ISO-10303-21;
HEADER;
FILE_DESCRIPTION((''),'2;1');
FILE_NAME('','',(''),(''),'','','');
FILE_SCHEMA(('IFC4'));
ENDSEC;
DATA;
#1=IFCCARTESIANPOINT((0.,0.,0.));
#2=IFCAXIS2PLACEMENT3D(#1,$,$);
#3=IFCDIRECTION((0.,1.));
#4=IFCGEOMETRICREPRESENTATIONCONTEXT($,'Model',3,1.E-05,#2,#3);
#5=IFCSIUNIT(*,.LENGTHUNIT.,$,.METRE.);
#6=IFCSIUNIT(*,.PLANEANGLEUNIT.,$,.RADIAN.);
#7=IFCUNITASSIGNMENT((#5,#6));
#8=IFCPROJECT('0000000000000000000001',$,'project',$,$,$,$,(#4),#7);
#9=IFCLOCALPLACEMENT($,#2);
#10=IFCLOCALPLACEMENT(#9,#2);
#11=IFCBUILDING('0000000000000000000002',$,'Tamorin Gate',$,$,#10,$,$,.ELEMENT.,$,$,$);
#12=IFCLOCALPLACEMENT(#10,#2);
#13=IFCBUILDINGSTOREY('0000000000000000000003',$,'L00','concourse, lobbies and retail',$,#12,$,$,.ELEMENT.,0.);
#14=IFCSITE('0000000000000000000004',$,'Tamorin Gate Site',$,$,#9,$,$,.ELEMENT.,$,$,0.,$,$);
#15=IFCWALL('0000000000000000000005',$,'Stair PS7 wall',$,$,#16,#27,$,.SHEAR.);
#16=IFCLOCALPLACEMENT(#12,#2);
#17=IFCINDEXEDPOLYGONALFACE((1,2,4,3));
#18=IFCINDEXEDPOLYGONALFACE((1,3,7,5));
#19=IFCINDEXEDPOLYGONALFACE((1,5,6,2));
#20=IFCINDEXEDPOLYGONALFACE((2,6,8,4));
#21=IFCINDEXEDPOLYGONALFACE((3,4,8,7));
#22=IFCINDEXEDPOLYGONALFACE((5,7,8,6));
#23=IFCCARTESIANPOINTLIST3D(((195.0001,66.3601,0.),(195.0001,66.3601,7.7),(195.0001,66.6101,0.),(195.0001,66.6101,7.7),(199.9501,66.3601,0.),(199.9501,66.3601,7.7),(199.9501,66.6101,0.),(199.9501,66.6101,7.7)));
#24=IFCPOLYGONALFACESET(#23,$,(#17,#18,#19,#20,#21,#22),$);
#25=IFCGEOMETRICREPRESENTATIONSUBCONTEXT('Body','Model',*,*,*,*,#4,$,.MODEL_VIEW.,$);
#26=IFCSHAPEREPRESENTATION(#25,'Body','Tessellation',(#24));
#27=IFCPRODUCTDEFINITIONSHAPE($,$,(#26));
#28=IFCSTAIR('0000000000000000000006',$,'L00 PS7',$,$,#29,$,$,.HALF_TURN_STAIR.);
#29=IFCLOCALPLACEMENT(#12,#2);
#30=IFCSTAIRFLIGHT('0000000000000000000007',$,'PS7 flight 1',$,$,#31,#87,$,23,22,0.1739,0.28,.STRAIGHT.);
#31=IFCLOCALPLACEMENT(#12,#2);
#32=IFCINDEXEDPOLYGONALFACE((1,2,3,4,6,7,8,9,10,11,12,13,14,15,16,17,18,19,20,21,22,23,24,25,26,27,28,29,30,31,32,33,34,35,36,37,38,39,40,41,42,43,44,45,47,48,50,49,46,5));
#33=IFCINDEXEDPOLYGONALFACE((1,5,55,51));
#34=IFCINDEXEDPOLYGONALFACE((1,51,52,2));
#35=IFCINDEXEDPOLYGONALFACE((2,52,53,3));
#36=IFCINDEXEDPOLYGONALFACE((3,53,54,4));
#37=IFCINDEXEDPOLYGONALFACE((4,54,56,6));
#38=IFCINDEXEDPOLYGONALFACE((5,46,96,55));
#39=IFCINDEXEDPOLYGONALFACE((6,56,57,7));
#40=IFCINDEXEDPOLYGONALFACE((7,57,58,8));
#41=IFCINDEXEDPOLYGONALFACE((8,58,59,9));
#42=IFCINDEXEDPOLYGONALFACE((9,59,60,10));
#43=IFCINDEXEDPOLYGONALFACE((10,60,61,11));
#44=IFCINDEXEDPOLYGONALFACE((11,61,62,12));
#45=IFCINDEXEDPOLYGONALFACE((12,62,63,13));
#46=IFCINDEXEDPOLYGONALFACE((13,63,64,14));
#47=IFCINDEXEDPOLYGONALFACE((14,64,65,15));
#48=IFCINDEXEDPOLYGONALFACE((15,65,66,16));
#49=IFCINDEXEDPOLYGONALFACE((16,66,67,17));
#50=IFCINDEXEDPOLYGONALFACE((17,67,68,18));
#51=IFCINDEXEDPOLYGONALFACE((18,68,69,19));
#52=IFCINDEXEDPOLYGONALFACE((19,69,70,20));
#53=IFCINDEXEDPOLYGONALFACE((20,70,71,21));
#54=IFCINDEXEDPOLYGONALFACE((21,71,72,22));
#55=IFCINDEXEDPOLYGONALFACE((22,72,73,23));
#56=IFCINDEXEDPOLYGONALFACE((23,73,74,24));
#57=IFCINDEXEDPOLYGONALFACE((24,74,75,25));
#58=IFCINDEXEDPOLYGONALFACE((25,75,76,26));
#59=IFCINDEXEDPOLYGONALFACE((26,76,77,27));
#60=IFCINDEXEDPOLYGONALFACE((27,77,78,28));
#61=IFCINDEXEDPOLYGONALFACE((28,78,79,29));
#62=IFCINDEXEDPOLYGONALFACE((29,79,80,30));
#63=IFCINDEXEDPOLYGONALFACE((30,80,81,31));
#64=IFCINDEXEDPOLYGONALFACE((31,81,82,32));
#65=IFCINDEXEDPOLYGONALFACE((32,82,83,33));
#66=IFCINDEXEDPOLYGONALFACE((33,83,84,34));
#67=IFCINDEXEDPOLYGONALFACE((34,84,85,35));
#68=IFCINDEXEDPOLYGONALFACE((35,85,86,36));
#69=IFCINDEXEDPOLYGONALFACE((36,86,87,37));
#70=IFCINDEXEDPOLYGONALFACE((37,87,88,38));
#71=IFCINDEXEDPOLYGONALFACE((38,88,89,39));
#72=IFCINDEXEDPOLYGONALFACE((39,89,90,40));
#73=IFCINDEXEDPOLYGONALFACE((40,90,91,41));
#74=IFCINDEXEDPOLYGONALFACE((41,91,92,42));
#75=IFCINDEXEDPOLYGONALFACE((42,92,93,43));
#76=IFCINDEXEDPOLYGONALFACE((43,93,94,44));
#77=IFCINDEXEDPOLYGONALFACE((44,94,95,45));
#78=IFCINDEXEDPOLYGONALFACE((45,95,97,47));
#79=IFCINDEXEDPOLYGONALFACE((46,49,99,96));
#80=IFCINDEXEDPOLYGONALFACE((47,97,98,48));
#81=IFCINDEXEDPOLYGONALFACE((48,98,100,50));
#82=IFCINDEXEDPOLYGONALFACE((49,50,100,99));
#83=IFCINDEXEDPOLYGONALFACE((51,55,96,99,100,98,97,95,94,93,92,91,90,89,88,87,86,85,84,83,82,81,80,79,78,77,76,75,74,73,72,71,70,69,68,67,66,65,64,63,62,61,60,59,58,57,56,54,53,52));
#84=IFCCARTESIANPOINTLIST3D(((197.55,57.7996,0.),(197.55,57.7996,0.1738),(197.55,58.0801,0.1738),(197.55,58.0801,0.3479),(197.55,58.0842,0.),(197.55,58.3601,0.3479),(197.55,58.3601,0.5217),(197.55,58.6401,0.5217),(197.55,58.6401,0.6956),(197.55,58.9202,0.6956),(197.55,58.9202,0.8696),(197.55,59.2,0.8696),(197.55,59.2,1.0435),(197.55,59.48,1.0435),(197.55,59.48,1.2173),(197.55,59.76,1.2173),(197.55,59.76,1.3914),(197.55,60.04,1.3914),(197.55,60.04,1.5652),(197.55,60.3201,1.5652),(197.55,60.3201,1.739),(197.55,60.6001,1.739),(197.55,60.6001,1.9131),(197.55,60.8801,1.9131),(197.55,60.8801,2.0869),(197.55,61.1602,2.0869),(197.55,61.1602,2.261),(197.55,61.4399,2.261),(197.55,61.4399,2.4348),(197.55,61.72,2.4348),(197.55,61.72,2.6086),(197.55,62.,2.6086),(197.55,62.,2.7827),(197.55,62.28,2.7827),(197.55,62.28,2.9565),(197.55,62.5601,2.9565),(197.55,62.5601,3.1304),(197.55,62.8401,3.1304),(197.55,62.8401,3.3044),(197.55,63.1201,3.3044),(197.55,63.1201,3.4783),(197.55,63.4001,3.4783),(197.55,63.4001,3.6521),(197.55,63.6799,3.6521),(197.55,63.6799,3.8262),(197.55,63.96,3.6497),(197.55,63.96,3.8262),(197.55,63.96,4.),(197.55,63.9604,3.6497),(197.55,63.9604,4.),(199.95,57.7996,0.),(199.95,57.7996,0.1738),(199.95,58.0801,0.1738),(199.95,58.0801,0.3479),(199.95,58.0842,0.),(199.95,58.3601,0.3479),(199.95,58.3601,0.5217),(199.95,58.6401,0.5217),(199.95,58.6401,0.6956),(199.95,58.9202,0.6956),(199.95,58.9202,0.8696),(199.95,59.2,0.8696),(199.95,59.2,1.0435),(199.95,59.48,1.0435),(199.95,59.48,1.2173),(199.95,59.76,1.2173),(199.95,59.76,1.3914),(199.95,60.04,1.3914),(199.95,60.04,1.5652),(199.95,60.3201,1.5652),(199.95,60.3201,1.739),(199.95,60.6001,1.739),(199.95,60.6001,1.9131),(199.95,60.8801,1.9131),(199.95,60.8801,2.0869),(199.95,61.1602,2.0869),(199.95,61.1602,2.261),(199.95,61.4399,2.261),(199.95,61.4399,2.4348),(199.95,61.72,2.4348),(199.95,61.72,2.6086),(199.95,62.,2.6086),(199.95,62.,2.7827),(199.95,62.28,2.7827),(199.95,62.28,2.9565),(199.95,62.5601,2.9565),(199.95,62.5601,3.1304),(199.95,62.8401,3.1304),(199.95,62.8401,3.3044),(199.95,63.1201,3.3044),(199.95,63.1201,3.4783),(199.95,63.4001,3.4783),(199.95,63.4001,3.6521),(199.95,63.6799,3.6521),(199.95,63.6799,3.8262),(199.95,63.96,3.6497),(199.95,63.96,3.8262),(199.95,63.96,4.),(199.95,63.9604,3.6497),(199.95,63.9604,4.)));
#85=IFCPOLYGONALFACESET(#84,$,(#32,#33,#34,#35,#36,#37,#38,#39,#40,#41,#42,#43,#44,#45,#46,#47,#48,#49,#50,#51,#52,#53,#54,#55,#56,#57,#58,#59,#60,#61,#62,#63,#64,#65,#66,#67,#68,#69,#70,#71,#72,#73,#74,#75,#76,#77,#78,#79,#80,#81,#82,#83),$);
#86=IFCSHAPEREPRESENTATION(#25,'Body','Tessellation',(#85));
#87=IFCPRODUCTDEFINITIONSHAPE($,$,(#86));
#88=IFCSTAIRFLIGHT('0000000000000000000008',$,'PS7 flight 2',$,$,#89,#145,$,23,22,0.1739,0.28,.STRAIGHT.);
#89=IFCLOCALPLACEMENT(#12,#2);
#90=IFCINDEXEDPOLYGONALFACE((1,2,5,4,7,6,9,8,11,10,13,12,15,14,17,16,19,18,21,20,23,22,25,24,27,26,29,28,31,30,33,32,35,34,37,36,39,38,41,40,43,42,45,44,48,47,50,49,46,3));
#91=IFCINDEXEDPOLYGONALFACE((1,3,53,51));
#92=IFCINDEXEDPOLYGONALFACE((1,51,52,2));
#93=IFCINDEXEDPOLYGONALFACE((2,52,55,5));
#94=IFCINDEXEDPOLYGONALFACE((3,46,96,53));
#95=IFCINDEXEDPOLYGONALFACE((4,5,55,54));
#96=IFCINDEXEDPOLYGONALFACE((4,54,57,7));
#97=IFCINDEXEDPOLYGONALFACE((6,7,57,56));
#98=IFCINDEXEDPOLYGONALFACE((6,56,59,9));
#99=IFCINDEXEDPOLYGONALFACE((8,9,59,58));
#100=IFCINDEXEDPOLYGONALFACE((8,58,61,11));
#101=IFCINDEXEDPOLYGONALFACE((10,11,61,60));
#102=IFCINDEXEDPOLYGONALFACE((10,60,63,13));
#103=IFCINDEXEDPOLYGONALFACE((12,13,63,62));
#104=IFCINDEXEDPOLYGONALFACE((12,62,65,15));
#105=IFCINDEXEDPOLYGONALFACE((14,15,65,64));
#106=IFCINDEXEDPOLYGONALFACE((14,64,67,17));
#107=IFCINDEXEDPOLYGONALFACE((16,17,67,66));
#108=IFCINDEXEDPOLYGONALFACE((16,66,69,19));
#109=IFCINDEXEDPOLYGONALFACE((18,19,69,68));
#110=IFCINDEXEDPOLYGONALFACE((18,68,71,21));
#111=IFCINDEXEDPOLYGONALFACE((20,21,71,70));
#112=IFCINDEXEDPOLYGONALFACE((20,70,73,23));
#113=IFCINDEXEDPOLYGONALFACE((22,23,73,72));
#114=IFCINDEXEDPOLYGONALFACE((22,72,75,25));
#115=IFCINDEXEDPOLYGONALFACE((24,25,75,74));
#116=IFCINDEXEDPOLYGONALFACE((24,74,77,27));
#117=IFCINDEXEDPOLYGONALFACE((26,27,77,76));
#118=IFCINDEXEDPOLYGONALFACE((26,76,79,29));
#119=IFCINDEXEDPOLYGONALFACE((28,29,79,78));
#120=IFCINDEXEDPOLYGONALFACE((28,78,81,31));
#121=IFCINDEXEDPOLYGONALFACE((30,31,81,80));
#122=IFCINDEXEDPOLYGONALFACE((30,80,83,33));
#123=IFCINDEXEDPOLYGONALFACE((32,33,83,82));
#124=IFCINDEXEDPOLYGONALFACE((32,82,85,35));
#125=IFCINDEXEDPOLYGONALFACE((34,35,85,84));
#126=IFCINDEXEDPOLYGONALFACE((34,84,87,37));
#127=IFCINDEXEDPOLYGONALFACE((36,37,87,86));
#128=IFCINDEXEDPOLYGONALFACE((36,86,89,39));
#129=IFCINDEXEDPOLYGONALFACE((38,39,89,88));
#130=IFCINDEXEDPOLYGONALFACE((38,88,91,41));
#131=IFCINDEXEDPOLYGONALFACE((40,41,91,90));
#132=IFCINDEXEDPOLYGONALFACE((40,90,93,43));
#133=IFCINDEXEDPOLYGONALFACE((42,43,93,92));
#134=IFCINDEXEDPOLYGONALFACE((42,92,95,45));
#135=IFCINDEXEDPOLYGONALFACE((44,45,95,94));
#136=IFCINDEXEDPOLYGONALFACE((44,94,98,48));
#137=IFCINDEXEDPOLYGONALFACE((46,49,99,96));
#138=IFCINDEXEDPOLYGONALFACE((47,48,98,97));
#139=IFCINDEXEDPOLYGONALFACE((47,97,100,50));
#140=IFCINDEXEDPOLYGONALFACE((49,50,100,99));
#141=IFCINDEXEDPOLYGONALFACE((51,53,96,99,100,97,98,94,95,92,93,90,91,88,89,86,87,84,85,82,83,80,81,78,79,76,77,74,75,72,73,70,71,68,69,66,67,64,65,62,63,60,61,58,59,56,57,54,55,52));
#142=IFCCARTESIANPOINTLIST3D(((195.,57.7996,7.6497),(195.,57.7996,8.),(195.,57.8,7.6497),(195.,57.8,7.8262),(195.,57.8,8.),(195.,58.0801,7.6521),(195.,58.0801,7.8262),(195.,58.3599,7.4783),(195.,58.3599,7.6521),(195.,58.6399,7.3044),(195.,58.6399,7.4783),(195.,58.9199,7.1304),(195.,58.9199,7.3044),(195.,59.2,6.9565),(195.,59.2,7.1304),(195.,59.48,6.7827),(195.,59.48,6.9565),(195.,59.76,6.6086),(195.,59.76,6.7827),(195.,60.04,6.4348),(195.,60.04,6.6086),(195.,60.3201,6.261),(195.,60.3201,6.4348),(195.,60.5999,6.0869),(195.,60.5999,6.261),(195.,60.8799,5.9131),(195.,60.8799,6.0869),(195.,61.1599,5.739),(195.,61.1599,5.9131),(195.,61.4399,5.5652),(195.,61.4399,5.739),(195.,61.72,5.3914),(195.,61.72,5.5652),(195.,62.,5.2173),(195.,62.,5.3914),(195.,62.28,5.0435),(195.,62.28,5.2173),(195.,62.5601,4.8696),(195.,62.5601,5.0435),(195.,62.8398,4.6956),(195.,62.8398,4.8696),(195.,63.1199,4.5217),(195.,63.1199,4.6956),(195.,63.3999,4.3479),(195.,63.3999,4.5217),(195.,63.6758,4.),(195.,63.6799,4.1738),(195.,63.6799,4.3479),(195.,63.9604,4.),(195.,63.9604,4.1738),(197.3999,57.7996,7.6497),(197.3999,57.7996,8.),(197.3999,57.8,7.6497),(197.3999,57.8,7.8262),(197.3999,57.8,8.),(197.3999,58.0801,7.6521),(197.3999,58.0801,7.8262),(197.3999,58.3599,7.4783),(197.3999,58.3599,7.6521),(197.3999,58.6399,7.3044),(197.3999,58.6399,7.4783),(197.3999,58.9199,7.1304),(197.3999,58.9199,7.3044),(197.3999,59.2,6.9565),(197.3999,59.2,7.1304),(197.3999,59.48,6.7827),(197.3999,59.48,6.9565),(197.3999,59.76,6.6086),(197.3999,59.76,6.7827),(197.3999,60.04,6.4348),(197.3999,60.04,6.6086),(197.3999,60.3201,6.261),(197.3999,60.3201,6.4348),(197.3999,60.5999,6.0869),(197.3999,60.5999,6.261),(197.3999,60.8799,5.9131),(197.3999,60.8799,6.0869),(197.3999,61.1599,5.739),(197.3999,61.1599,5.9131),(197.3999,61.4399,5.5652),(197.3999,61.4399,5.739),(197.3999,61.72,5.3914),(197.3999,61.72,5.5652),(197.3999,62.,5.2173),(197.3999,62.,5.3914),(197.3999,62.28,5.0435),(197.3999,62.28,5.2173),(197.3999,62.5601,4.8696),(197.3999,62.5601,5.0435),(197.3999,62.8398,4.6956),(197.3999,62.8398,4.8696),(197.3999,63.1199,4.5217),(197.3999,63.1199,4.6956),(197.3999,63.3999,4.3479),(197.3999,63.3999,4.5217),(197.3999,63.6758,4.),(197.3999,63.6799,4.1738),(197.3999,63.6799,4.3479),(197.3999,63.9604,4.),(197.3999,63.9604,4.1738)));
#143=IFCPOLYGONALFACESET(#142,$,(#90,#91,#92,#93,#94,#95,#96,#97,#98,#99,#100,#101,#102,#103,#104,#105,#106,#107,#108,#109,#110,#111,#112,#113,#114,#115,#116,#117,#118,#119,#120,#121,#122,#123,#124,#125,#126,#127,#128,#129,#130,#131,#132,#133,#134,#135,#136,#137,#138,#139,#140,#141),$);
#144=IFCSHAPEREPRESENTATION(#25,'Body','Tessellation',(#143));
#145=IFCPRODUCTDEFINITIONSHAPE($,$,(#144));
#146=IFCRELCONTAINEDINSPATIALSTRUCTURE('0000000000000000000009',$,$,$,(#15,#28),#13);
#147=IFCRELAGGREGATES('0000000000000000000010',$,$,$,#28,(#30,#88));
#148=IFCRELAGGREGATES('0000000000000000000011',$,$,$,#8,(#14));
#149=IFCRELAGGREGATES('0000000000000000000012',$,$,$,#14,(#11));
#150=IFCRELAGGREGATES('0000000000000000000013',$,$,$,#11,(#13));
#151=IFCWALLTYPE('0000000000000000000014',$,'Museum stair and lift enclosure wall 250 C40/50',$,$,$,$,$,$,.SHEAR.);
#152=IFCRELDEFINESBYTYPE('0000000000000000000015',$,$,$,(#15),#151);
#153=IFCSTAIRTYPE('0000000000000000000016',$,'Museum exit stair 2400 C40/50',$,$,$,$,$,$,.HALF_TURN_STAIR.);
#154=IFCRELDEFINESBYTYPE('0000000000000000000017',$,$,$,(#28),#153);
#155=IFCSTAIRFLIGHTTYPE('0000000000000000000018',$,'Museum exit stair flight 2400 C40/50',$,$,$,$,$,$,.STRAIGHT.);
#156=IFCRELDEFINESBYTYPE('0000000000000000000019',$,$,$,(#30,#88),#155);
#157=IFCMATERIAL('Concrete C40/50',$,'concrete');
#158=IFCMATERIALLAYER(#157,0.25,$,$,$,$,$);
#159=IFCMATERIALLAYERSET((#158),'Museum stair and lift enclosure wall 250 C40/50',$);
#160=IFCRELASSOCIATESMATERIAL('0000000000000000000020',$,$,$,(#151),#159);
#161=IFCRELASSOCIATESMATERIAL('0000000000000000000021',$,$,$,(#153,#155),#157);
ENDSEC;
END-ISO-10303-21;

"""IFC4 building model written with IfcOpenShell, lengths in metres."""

from ifc_helpers import new_model, si_unit, direction, frame, frame_2d, origin, place, context, subcontext, project, spatial, polyline, rectangle, outline, extrude, material, layer, layer_set, type_object, element, aggregate, save


model = new_model("IFC4")

# Units and contexts
model_context = context("Model", 3, precision=1e-05, world=origin(), true_north=direction((0.0, 1.0)))
body_context = subcontext(model_context, "Body", "Model", "MODEL_VIEW")
ifc_project = project(units=[si_unit("LENGTHUNIT", "METRE"), si_unit("PLANEANGLEUNIT", "RADIAN")], contexts=[model_context])

# Site, building, storey
site_placement = place(None, origin())
site = spatial("IfcSite", under=ifc_project, at=site_placement, Name="Tamorin Gate Site", CompositionType="ELEMENT", RefElevation=0.0)
building_placement = place(site_placement, origin())
building = spatial("IfcBuilding", under=site, at=building_placement, Name="Tamorin Gate", CompositionType="ELEMENT")
storey_placement = place(building_placement, origin())
storey = spatial("IfcBuildingStorey", under=building, at=storey_placement, Name="L00", Description="concourse, lobbies and retail", CompositionType="ELEMENT", Elevation=0.0)

# Wall
ifc_material_1 = material(Name="Concrete C40/50", Category="concrete")
ifc_layer_1 = layer(ifc_material_1, 0.25)
ifc_layer_set_1 = layer_set([ifc_layer_1], Name="Museum stair and lift enclosure wall 250 C40/50")
wall_type_1 = type_object("IfcWallType", Name="Museum stair and lift enclosure wall 250 C40/50", PredefinedType="SHEAR", material=ifc_layer_set_1)
wall_1_placement = place(storey_placement, frame((195.0, 66.4851, 0.0), z_axis=(0.0, 0.0, 1.0), x_axis=(1.0, 0.0, 0.0)))
element("IfcWall", 1, at=wall_1_placement, inside=storey, type_object=wall_type_1, Name="Stair PS7 wall", PredefinedType="SHEAR", context=body_context, shape_type="SweptSolid", body=[
    extrude(rectangle(XDim=4.95, YDim=0.25, at=frame_2d((2.4751, 0.0))), origin(), (0.0, 0.0, 1.0), 7.7),
])

# Stair, stair flights
stair_type = type_object("IfcStairType", Name="Museum exit stair 2400 C40/50", PredefinedType="HALF_TURN_STAIR", material=ifc_material_1)
stair_placement = place(storey_placement, origin())
stair = element("IfcStair", 2, at=stair_placement, inside=storey, type_object=stair_type, Name="L00 PS7", PredefinedType="HALF_TURN_STAIR")
stair_flight_type = type_object("IfcStairFlightType", Name="Museum exit stair flight 2400 C40/50", PredefinedType="STRAIGHT", material=ifc_material_1)
stair_flight_1_placement = place(storey_placement, frame((198.75, 57.8, 0.0), z_axis=(0.0, 0.0, 1.0), x_axis=(0.0, 1.0, 0.0)))
stair_flight_1 = element("IfcStairFlight", 3, at=stair_flight_1_placement, type_object=stair_flight_type, Name="PS7 flight 1", NumberOfRisers=23, NumberOfTreads=22, PredefinedType="STRAIGHT", RiserHeight=0.1739, TreadLength=0.28, context=body_context, shape_type="SweptSolid", body=[
    extrude(outline(polyline([(-0.0005, 0.0), (-0.0005, 0.1738), (0.28, 0.1738), (0.28, 0.3479), (0.5601, 0.3479), (0.5601, 0.5217), (0.8401, 0.5217), (0.8401, 0.6956), (1.1201, 0.6956), (1.1201, 0.8696), (1.3999, 0.8696), (1.3999, 1.0435), (1.6799, 1.0435), (1.6799, 1.2173), (1.96, 1.2173), (1.96, 1.3914), (2.24, 1.3914), (2.24, 1.5652), (2.52, 1.5652), (2.52, 1.739), (2.8, 1.739), (2.8, 1.9131), (3.0801, 1.9131), (3.0801, 2.0869), (3.3601, 2.0869), (3.3601, 2.261), (3.6399, 2.261), (3.6399, 2.4348), (3.9199, 2.4348), (3.9199, 2.6086), (4.2, 2.6086), (4.2, 2.7827), (4.48, 2.7827), (4.48, 2.9565), (4.76, 2.9565), (4.76, 3.1304), (5.04, 3.1304), (5.04, 3.3044), (5.3201, 3.3044), (5.3201, 3.4783), (5.6001, 3.4783), (5.6001, 3.6521), (5.8799, 3.6521), (5.8799, 3.8262), (6.1599, 3.8262), (6.1599, 4.0), (6.1604, 4.0), (6.1604, 3.6497), (6.1599, 3.6497), (0.2842, 0.0), (-0.0005, 0.0)])), frame((0.0, 1.2, 0.0), z_axis=(0.0, -1.0, 0.0), x_axis=(1.0, 0.0, 0.0)), (0.0, 0.0, 1.0), 2.3999),
])
stair_flight_2_placement = place(storey_placement, frame((196.2, 63.96, 4.0), z_axis=(0.0, 0.0, 1.0), x_axis=(0.0, -1.0, 0.0)))
stair_flight_2 = element("IfcStairFlight", 4, at=stair_flight_2_placement, type_object=stair_flight_type, Name="PS7 flight 2", NumberOfRisers=23, NumberOfTreads=22, PredefinedType="STRAIGHT", RiserHeight=0.1739, TreadLength=0.28, context=body_context, shape_type="SweptSolid", body=[
    extrude(outline(polyline([(-0.0005, 0.0), (-0.0005, 0.1738), (0.28, 0.1738), (0.28, 0.3479), (0.5601, 0.3479), (0.5601, 0.5217), (0.8401, 0.5217), (0.8401, 0.6956), (1.1201, 0.6956), (1.1201, 0.8696), (1.3999, 0.8696), (1.3999, 1.0435), (1.6799, 1.0435), (1.6799, 1.2173), (1.96, 1.2173), (1.96, 1.3914), (2.24, 1.3914), (2.24, 1.5652), (2.52, 1.5652), (2.52, 1.739), (2.8, 1.739), (2.8, 1.9131), (3.0801, 1.9131), (3.0801, 2.0869), (3.3601, 2.0869), (3.3601, 2.261), (3.6399, 2.261), (3.6399, 2.4348), (3.9199, 2.4348), (3.9199, 2.6086), (4.2, 2.6086), (4.2, 2.7827), (4.48, 2.7827), (4.48, 2.9565), (4.76, 2.9565), (4.76, 3.1304), (5.04, 3.1304), (5.04, 3.3044), (5.3201, 3.3044), (5.3201, 3.4783), (5.6001, 3.4783), (5.6001, 3.6521), (5.8799, 3.6521), (5.8799, 3.8262), (6.1599, 3.8262), (6.1599, 4.0), (6.1604, 4.0), (6.1604, 3.6497), (6.1599, 3.6497), (0.2842, 0.0), (-0.0005, 0.0)])), frame((0.0, 1.2, 0.0), z_axis=(0.0, -1.0, 0.0), x_axis=(1.0, 0.0, 0.0)), (0.0, 0.0, 1.0), 2.3999),
])
aggregate(stair, [stair_flight_1, stair_flight_2])

save(model, "model.ifc")
